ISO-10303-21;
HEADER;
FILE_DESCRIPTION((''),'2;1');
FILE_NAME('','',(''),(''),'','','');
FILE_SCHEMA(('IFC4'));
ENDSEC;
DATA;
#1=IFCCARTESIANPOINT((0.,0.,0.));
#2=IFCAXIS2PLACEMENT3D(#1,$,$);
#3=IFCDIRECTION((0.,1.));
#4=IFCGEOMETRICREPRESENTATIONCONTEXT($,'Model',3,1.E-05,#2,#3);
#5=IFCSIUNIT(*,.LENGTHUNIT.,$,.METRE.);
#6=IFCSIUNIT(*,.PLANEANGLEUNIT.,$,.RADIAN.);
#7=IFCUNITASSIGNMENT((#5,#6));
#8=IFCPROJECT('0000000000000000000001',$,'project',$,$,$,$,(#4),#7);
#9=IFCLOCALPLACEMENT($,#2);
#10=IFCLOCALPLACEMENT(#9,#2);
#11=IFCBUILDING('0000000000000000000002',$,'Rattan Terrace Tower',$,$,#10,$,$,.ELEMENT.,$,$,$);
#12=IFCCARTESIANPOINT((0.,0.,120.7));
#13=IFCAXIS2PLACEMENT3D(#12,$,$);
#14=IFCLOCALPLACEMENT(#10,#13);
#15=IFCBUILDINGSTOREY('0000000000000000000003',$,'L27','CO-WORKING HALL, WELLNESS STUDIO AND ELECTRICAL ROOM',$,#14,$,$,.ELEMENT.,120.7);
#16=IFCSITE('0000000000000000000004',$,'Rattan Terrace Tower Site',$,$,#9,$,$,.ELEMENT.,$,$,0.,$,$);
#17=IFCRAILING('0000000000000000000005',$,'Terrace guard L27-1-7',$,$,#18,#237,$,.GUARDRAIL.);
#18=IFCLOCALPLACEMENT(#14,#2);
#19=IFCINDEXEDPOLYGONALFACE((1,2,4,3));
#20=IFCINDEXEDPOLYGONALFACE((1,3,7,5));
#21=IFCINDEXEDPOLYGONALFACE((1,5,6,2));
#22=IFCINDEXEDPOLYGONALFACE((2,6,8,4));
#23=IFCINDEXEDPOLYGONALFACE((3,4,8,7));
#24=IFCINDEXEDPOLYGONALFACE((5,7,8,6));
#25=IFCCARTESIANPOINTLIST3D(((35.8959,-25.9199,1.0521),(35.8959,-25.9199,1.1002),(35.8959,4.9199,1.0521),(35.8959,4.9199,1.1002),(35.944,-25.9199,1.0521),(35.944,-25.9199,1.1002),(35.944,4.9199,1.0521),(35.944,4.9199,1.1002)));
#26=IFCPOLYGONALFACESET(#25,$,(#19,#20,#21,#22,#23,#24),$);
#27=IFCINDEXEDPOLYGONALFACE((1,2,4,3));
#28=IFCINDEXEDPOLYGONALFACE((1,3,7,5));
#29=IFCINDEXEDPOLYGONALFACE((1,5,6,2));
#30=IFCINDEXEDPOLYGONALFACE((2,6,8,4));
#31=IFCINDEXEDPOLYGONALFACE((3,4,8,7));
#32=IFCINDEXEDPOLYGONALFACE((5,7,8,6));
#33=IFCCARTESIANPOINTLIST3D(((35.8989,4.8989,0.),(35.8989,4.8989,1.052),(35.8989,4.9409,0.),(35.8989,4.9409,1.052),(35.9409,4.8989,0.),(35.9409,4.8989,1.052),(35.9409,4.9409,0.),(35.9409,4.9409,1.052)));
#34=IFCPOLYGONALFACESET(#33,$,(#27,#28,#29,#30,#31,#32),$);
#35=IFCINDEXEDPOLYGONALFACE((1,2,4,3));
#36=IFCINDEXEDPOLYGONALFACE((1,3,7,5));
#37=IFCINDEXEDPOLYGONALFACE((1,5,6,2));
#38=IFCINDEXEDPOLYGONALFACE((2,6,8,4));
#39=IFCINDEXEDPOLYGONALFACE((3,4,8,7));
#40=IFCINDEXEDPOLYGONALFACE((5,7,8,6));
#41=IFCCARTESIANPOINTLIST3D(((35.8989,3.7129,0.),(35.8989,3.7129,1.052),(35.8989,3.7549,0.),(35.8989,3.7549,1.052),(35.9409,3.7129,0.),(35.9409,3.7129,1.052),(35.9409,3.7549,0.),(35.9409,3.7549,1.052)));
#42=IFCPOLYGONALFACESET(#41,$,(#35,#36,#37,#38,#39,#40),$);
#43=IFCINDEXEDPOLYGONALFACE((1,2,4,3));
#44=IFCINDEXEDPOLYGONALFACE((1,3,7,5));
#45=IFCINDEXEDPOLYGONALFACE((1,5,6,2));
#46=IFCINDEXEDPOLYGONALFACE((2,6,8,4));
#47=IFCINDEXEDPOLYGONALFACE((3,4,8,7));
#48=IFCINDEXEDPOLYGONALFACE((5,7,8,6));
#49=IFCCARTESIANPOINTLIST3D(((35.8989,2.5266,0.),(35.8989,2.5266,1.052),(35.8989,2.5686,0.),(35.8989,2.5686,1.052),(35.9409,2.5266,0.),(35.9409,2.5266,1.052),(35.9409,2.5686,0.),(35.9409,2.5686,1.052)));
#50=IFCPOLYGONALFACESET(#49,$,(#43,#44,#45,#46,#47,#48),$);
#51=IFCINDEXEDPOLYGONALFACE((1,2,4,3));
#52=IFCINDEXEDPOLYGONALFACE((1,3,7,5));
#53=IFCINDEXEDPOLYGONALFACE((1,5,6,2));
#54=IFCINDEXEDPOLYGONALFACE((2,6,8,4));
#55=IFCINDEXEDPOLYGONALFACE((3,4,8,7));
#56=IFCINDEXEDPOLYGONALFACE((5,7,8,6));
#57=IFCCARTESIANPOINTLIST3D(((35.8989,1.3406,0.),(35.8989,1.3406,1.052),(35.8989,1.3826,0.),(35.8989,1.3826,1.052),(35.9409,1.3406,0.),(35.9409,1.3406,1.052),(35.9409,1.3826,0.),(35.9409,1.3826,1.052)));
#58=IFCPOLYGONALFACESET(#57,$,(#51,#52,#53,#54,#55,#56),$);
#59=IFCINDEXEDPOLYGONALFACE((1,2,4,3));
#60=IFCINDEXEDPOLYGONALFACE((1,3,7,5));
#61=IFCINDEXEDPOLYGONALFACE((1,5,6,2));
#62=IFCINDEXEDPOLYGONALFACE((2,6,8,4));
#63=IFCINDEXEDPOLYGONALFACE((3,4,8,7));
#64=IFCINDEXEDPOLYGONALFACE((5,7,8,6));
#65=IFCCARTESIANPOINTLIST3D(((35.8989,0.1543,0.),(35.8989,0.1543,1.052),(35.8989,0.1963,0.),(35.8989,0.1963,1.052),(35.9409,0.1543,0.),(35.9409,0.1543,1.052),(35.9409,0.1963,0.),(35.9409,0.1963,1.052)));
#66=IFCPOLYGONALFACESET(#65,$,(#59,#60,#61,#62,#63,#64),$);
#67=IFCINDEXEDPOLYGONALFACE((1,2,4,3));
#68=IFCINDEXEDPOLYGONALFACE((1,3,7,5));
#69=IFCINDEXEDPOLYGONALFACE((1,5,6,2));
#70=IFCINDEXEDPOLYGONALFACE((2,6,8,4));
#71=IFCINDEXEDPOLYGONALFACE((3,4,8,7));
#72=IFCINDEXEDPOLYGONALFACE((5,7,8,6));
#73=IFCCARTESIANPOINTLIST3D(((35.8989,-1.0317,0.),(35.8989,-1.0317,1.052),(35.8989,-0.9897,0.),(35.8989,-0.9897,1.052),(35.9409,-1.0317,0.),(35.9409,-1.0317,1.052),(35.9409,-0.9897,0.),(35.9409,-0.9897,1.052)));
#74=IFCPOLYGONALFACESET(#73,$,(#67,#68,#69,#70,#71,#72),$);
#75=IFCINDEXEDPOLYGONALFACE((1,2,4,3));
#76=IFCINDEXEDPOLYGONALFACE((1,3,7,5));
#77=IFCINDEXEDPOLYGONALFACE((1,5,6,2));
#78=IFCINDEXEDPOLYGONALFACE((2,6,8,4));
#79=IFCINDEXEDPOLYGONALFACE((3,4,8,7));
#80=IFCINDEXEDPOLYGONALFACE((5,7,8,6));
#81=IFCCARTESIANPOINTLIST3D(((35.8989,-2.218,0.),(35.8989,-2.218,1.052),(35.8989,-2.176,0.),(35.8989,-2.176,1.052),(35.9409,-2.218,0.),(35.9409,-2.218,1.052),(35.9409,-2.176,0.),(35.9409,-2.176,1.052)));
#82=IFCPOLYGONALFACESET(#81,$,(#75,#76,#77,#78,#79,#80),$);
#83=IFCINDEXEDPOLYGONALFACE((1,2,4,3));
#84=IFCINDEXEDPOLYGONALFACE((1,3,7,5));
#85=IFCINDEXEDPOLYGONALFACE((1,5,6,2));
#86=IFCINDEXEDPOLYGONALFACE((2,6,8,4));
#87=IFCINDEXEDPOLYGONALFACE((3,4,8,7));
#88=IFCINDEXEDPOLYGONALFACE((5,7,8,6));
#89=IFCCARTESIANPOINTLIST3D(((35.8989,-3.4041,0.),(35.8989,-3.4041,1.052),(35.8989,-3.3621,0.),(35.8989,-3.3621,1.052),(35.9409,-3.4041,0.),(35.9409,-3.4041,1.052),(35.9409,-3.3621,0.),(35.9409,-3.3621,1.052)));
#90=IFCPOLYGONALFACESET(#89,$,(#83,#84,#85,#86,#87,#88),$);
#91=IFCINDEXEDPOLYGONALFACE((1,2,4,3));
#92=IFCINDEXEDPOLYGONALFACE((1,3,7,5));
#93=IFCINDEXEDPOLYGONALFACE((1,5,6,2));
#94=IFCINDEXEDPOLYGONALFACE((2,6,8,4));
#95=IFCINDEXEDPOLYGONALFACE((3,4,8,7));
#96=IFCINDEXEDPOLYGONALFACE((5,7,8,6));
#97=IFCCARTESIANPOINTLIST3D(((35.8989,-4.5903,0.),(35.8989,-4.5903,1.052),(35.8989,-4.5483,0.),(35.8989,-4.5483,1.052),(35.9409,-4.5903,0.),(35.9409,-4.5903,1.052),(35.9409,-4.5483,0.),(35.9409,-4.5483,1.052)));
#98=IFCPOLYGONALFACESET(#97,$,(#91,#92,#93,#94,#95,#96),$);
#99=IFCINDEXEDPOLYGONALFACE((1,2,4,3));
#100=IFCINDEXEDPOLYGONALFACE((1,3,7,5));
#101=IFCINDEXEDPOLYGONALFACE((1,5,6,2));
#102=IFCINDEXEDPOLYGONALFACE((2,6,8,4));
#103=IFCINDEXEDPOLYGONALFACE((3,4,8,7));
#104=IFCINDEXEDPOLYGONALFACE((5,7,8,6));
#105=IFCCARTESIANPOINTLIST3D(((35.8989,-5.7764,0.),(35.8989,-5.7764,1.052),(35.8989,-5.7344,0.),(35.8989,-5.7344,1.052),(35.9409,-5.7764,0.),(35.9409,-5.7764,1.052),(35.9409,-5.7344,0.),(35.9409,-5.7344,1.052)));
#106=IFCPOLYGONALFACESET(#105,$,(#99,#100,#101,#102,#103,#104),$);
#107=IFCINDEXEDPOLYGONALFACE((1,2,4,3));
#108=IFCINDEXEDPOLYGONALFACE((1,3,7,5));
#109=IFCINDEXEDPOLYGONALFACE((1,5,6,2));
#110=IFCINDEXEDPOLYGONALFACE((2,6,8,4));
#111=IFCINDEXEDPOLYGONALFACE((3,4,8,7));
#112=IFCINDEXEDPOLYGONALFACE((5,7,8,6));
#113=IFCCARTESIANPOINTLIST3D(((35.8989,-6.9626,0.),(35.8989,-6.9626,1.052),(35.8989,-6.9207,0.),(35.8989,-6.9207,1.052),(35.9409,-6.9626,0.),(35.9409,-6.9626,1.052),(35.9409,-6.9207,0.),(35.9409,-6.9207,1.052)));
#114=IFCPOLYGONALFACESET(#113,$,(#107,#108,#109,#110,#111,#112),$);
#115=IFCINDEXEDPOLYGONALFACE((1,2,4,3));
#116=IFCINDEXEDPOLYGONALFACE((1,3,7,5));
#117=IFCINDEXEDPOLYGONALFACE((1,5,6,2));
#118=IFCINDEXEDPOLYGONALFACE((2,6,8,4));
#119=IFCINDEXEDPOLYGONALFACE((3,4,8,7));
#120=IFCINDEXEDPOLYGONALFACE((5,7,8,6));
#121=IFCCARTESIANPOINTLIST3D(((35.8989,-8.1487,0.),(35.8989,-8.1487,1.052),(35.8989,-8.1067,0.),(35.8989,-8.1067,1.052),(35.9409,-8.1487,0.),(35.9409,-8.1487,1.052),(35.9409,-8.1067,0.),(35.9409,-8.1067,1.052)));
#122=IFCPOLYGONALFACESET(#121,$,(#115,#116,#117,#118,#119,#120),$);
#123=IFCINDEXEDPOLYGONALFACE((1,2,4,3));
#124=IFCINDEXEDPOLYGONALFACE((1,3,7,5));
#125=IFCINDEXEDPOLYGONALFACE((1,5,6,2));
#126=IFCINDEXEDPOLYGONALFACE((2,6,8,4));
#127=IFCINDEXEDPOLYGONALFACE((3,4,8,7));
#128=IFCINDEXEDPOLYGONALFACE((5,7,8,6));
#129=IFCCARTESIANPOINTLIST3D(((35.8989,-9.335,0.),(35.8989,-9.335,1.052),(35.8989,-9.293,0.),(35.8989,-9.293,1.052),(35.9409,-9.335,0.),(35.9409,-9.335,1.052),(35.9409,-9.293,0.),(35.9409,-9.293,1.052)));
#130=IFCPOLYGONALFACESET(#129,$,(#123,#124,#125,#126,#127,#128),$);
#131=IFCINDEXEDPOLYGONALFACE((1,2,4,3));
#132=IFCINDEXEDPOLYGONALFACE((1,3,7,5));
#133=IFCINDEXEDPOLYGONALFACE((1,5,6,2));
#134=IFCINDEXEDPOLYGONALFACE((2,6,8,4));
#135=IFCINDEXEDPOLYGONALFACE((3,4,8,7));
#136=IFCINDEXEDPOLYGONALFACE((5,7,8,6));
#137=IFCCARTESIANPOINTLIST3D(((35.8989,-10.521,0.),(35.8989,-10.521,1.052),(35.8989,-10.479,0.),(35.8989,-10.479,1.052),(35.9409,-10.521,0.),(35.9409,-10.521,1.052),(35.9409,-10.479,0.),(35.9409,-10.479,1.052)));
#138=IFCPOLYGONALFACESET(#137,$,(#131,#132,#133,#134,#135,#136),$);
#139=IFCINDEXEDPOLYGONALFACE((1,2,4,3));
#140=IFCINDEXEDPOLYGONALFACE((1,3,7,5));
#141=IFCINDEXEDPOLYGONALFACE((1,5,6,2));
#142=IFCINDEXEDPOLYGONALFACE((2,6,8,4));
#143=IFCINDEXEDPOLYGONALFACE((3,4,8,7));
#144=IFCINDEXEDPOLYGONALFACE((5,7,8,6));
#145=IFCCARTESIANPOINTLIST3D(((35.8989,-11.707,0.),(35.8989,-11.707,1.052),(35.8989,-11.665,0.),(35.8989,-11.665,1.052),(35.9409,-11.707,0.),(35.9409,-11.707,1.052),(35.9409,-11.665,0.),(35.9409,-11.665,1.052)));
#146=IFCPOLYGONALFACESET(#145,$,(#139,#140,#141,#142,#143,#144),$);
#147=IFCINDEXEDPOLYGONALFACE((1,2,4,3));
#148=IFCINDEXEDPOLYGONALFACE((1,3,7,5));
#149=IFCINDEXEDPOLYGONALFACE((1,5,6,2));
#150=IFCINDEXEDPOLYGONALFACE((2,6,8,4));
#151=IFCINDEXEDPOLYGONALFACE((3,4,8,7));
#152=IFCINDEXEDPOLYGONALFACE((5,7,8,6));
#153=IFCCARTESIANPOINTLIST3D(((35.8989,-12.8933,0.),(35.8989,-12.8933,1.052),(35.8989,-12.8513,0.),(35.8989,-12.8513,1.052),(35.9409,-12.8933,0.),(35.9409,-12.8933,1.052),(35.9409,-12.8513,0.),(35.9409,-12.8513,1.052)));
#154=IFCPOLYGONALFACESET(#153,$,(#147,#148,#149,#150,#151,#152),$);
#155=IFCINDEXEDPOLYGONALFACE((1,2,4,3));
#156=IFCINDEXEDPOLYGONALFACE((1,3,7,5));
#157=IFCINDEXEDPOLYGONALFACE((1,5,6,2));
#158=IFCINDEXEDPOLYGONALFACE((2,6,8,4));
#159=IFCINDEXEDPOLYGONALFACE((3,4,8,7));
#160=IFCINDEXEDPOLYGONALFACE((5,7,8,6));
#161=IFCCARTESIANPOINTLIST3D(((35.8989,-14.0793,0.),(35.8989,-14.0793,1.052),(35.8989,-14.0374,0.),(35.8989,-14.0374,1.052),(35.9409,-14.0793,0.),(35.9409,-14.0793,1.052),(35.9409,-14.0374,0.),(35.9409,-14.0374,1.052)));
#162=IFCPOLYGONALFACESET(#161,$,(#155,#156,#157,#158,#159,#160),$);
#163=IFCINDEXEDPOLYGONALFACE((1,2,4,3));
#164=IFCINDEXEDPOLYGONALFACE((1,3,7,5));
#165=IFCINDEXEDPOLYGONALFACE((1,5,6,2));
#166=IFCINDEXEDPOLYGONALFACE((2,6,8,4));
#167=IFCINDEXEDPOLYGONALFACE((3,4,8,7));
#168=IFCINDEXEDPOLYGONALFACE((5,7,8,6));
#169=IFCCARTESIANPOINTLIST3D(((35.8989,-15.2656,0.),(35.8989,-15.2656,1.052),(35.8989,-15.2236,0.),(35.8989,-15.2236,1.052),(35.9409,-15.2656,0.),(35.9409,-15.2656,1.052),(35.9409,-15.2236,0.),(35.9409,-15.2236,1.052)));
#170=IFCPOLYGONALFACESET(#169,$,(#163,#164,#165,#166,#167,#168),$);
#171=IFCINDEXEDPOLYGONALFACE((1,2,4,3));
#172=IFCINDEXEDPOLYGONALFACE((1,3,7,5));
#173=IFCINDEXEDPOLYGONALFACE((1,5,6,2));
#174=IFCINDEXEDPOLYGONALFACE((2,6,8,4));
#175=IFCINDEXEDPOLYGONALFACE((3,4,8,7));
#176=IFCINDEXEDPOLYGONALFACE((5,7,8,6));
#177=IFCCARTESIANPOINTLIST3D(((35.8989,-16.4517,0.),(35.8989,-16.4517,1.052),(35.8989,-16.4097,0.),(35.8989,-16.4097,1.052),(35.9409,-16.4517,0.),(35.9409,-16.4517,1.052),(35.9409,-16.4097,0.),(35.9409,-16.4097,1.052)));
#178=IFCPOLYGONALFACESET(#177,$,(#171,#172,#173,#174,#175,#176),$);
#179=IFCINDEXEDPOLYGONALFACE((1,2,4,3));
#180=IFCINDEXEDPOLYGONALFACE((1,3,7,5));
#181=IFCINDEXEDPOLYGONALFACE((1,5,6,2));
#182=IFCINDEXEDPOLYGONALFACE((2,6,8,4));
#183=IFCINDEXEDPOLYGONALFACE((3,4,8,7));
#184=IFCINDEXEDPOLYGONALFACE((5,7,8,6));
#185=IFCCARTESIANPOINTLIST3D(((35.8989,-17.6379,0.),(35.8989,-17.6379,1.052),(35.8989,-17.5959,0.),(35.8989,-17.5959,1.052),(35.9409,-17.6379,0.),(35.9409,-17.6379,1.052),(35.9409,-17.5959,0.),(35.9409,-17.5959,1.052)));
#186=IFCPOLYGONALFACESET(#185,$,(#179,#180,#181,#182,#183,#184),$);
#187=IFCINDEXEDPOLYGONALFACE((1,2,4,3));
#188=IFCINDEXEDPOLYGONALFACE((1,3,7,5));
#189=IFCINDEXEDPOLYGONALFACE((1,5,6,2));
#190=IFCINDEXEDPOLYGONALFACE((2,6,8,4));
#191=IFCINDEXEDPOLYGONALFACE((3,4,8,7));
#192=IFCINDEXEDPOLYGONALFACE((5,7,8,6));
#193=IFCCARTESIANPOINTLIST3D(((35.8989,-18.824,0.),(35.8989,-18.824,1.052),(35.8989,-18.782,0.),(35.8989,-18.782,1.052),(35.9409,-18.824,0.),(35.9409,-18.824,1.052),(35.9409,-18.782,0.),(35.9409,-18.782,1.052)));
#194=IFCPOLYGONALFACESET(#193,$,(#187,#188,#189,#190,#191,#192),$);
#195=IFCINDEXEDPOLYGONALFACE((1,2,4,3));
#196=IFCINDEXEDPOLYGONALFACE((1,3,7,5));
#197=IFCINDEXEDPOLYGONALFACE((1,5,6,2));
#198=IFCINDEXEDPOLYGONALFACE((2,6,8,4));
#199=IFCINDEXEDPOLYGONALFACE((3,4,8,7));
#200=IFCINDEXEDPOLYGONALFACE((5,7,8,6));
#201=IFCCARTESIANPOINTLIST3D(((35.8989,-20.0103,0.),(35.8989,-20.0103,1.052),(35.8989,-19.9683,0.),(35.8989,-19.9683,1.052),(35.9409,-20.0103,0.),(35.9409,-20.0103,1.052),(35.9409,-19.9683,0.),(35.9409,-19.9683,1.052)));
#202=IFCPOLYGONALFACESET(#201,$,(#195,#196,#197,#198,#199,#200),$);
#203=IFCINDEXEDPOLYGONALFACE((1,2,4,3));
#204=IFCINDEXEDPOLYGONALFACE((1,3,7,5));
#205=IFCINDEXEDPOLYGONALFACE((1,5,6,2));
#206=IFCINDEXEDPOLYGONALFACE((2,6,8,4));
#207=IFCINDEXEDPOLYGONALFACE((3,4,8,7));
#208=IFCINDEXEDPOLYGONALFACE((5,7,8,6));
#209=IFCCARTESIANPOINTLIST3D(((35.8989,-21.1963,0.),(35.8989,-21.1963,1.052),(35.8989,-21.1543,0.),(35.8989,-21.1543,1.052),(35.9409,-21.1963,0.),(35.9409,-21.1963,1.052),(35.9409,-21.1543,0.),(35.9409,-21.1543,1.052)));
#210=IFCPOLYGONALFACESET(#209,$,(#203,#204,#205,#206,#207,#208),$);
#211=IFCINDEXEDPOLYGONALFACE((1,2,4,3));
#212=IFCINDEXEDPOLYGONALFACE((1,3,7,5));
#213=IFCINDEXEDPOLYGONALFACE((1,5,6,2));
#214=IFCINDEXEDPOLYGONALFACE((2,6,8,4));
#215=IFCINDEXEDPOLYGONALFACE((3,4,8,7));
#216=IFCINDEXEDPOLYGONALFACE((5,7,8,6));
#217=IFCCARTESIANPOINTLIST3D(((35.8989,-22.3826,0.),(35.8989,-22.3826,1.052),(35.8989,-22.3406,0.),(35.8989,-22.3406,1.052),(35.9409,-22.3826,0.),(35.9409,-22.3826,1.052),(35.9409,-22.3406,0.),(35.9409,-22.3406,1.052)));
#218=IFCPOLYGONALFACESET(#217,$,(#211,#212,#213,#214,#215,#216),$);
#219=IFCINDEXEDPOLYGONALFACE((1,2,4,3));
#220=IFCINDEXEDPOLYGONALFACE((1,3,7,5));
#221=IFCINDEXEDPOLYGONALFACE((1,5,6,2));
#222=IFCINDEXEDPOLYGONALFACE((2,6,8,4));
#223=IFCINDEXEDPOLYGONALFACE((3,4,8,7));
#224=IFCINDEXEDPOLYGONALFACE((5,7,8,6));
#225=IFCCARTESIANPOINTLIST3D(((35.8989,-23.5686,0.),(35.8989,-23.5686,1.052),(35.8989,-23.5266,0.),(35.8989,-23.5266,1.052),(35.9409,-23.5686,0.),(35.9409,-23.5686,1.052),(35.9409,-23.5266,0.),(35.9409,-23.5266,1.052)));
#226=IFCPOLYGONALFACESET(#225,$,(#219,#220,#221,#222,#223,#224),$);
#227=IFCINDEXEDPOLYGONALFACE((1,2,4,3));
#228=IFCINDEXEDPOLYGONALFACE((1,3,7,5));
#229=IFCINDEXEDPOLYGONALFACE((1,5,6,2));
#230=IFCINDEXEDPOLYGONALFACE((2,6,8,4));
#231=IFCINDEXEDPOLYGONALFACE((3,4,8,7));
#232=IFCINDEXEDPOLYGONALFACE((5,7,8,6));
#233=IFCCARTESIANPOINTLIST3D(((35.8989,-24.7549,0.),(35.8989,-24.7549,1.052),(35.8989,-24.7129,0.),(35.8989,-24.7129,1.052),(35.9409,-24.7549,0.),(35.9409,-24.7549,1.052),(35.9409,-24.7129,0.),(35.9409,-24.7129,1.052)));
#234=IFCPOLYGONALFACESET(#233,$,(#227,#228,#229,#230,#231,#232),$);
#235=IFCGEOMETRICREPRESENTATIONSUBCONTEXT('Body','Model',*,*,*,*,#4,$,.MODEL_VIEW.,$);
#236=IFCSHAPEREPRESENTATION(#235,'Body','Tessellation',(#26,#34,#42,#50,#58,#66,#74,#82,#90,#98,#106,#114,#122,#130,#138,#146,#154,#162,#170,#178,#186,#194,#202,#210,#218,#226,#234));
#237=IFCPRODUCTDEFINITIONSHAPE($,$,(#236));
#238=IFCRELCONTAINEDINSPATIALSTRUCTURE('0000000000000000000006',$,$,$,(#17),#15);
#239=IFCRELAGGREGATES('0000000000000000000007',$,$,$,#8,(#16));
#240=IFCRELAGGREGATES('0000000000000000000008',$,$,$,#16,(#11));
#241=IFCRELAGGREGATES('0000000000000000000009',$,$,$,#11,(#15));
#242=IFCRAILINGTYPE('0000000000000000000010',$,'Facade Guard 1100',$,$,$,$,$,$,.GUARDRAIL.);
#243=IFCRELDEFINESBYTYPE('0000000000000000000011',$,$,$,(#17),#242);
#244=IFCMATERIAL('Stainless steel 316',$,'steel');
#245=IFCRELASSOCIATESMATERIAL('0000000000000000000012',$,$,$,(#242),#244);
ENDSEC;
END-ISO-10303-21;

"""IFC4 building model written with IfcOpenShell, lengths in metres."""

from ifc_helpers import new_model, si_unit, direction, frame, origin, origin_2d, place, context, subcontext, project, spatial, rectangle, extrude, material, type_object, element, save


model = new_model("IFC4")

# Units and contexts
model_context = context("Model", 3, precision=1e-05, world=origin(), true_north=direction((0.0, 1.0)))
body_context = subcontext(model_context, "Body", "Model", "MODEL_VIEW")
ifc_project = project(units=[si_unit("LENGTHUNIT", "METRE"), si_unit("PLANEANGLEUNIT", "RADIAN")], contexts=[model_context])

# Site, building, storey
site_placement = place(None, origin())
site = spatial("IfcSite", under=ifc_project, at=site_placement, Name="Rattan Terrace Tower Site", CompositionType="ELEMENT", RefElevation=0.0)
building_placement = place(site_placement, origin())
building = spatial("IfcBuilding", under=site, at=building_placement, Name="Rattan Terrace Tower", CompositionType="ELEMENT")
storey_placement = place(building_placement, frame((0.0, 0.0, 120.7)))
storey = spatial("IfcBuildingStorey", under=building, at=storey_placement, Name="L27", Description="CO-WORKING HALL, WELLNESS STUDIO AND ELECTRICAL ROOM", CompositionType="ELEMENT", Elevation=120.7)

# Railing
ifc_material_1 = material(Name="Stainless steel 316", Category="steel")
railing_type = type_object("IfcRailingType", Name="Facade Guard 1100", PredefinedType="GUARDRAIL", material=ifc_material_1)
railing_1_placement = place(storey_placement, frame((35.9199, 4.9199, 0.0)))
element("IfcRailing", 1, at=railing_1_placement, inside=storey, type_object=railing_type, Name="Terrace guard L27-1-7", PredefinedType="GUARDRAIL", context=body_context, shape_type="SweptSolid", body=[
    extrude(rectangle(XDim=0.0481, YDim=0.0481, at=origin_2d()), frame((0.0, 0.0, 1.0762), z_axis=(0.0, -1.0, 0.0), x_axis=(1.0, 0.0, 0.0)), (0.0, 0.0, 1.0), 30.8398),
    extrude(rectangle(XDim=0.042, YDim=0.042, at=origin_2d()), origin(), (0.0, 0.0, 1.0), 1.052),
    extrude(rectangle(XDim=0.042, YDim=0.042, at=origin_2d()), frame((0.0, -1.186, 0.0)), (0.0, 0.0, 1.0), 1.052),
    extrude(rectangle(XDim=0.042, YDim=0.042, at=origin_2d()), frame((0.0, -2.3723, 0.0)), (0.0, 0.0, 1.0), 1.052),
    extrude(rectangle(XDim=0.042, YDim=0.042, at=origin_2d()), frame((0.0, -3.5583, 0.0)), (0.0, 0.0, 1.0), 1.052),
    extrude(rectangle(XDim=0.042, YDim=0.042, at=origin_2d()), frame((0.0, -4.7446, 0.0)), (0.0, 0.0, 1.0), 1.052),
    extrude(rectangle(XDim=0.042, YDim=0.042, at=origin_2d()), frame((0.0, -5.9307, 0.0)), (0.0, 0.0, 1.0), 1.052),
    extrude(rectangle(XDim=0.042, YDim=0.042, at=origin_2d()), frame((0.0, -7.1169, 0.0)), (0.0, 0.0, 1.0), 1.052),
    extrude(rectangle(XDim=0.042, YDim=0.042, at=origin_2d()), frame((0.0, -8.303, 0.0)), (0.0, 0.0, 1.0), 1.052),
    extrude(rectangle(XDim=0.042, YDim=0.042, at=origin_2d()), frame((0.0, -9.4893, 0.0)), (0.0, 0.0, 1.0), 1.052),
    extrude(rectangle(XDim=0.042, YDim=0.042, at=origin_2d()), frame((0.0, -10.6753, 0.0)), (0.0, 0.0, 1.0), 1.052),
    extrude(rectangle(XDim=0.042, YDim=0.042, at=origin_2d()), frame((0.0, -11.8616, 0.0)), (0.0, 0.0, 1.0), 1.052),
    extrude(rectangle(XDim=0.042, YDim=0.042, at=origin_2d()), frame((0.0, -13.0476, 0.0)), (0.0, 0.0, 1.0), 1.052),
    extrude(rectangle(XDim=0.042, YDim=0.042, at=origin_2d()), frame((0.0, -14.2339, 0.0)), (0.0, 0.0, 1.0), 1.052),
    extrude(rectangle(XDim=0.042, YDim=0.042, at=origin_2d()), frame((0.0, -15.4199, 0.0)), (0.0, 0.0, 1.0), 1.052),
    extrude(rectangle(XDim=0.042, YDim=0.042, at=origin_2d()), frame((0.0, -16.606, 0.0)), (0.0, 0.0, 1.0), 1.052),
    extrude(rectangle(XDim=0.042, YDim=0.042, at=origin_2d()), frame((0.0, -17.7922, 0.0)), (0.0, 0.0, 1.0), 1.052),
    extrude(rectangle(XDim=0.042, YDim=0.042, at=origin_2d()), frame((0.0, -18.9783, 0.0)), (0.0, 0.0, 1.0), 1.052),
    extrude(rectangle(XDim=0.042, YDim=0.042, at=origin_2d()), frame((0.0, -20.1646, 0.0)), (0.0, 0.0, 1.0), 1.052),
    extrude(rectangle(XDim=0.042, YDim=0.042, at=origin_2d()), frame((0.0, -21.3506, 0.0)), (0.0, 0.0, 1.0), 1.052),
    extrude(rectangle(XDim=0.042, YDim=0.042, at=origin_2d()), frame((0.0, -22.5369, 0.0)), (0.0, 0.0, 1.0), 1.052),
    extrude(rectangle(XDim=0.042, YDim=0.042, at=origin_2d()), frame((0.0, -23.7229, 0.0)), (0.0, 0.0, 1.0), 1.052),
    extrude(rectangle(XDim=0.042, YDim=0.042, at=origin_2d()), frame((0.0, -24.9092, 0.0)), (0.0, 0.0, 1.0), 1.052),
    extrude(rectangle(XDim=0.042, YDim=0.042, at=origin_2d()), frame((0.0, -26.0952, 0.0)), (0.0, 0.0, 1.0), 1.052),
    extrude(rectangle(XDim=0.042, YDim=0.042, at=origin_2d()), frame((0.0, -27.2815, 0.0)), (0.0, 0.0, 1.0), 1.052),
    extrude(rectangle(XDim=0.042, YDim=0.042, at=origin_2d()), frame((0.0, -28.4675, 0.0)), (0.0, 0.0, 1.0), 1.052),
    extrude(rectangle(XDim=0.042, YDim=0.042, at=origin_2d()), frame((0.0, -29.6538, 0.0)), (0.0, 0.0, 1.0), 1.052),
])

save(model, "model.ifc")
